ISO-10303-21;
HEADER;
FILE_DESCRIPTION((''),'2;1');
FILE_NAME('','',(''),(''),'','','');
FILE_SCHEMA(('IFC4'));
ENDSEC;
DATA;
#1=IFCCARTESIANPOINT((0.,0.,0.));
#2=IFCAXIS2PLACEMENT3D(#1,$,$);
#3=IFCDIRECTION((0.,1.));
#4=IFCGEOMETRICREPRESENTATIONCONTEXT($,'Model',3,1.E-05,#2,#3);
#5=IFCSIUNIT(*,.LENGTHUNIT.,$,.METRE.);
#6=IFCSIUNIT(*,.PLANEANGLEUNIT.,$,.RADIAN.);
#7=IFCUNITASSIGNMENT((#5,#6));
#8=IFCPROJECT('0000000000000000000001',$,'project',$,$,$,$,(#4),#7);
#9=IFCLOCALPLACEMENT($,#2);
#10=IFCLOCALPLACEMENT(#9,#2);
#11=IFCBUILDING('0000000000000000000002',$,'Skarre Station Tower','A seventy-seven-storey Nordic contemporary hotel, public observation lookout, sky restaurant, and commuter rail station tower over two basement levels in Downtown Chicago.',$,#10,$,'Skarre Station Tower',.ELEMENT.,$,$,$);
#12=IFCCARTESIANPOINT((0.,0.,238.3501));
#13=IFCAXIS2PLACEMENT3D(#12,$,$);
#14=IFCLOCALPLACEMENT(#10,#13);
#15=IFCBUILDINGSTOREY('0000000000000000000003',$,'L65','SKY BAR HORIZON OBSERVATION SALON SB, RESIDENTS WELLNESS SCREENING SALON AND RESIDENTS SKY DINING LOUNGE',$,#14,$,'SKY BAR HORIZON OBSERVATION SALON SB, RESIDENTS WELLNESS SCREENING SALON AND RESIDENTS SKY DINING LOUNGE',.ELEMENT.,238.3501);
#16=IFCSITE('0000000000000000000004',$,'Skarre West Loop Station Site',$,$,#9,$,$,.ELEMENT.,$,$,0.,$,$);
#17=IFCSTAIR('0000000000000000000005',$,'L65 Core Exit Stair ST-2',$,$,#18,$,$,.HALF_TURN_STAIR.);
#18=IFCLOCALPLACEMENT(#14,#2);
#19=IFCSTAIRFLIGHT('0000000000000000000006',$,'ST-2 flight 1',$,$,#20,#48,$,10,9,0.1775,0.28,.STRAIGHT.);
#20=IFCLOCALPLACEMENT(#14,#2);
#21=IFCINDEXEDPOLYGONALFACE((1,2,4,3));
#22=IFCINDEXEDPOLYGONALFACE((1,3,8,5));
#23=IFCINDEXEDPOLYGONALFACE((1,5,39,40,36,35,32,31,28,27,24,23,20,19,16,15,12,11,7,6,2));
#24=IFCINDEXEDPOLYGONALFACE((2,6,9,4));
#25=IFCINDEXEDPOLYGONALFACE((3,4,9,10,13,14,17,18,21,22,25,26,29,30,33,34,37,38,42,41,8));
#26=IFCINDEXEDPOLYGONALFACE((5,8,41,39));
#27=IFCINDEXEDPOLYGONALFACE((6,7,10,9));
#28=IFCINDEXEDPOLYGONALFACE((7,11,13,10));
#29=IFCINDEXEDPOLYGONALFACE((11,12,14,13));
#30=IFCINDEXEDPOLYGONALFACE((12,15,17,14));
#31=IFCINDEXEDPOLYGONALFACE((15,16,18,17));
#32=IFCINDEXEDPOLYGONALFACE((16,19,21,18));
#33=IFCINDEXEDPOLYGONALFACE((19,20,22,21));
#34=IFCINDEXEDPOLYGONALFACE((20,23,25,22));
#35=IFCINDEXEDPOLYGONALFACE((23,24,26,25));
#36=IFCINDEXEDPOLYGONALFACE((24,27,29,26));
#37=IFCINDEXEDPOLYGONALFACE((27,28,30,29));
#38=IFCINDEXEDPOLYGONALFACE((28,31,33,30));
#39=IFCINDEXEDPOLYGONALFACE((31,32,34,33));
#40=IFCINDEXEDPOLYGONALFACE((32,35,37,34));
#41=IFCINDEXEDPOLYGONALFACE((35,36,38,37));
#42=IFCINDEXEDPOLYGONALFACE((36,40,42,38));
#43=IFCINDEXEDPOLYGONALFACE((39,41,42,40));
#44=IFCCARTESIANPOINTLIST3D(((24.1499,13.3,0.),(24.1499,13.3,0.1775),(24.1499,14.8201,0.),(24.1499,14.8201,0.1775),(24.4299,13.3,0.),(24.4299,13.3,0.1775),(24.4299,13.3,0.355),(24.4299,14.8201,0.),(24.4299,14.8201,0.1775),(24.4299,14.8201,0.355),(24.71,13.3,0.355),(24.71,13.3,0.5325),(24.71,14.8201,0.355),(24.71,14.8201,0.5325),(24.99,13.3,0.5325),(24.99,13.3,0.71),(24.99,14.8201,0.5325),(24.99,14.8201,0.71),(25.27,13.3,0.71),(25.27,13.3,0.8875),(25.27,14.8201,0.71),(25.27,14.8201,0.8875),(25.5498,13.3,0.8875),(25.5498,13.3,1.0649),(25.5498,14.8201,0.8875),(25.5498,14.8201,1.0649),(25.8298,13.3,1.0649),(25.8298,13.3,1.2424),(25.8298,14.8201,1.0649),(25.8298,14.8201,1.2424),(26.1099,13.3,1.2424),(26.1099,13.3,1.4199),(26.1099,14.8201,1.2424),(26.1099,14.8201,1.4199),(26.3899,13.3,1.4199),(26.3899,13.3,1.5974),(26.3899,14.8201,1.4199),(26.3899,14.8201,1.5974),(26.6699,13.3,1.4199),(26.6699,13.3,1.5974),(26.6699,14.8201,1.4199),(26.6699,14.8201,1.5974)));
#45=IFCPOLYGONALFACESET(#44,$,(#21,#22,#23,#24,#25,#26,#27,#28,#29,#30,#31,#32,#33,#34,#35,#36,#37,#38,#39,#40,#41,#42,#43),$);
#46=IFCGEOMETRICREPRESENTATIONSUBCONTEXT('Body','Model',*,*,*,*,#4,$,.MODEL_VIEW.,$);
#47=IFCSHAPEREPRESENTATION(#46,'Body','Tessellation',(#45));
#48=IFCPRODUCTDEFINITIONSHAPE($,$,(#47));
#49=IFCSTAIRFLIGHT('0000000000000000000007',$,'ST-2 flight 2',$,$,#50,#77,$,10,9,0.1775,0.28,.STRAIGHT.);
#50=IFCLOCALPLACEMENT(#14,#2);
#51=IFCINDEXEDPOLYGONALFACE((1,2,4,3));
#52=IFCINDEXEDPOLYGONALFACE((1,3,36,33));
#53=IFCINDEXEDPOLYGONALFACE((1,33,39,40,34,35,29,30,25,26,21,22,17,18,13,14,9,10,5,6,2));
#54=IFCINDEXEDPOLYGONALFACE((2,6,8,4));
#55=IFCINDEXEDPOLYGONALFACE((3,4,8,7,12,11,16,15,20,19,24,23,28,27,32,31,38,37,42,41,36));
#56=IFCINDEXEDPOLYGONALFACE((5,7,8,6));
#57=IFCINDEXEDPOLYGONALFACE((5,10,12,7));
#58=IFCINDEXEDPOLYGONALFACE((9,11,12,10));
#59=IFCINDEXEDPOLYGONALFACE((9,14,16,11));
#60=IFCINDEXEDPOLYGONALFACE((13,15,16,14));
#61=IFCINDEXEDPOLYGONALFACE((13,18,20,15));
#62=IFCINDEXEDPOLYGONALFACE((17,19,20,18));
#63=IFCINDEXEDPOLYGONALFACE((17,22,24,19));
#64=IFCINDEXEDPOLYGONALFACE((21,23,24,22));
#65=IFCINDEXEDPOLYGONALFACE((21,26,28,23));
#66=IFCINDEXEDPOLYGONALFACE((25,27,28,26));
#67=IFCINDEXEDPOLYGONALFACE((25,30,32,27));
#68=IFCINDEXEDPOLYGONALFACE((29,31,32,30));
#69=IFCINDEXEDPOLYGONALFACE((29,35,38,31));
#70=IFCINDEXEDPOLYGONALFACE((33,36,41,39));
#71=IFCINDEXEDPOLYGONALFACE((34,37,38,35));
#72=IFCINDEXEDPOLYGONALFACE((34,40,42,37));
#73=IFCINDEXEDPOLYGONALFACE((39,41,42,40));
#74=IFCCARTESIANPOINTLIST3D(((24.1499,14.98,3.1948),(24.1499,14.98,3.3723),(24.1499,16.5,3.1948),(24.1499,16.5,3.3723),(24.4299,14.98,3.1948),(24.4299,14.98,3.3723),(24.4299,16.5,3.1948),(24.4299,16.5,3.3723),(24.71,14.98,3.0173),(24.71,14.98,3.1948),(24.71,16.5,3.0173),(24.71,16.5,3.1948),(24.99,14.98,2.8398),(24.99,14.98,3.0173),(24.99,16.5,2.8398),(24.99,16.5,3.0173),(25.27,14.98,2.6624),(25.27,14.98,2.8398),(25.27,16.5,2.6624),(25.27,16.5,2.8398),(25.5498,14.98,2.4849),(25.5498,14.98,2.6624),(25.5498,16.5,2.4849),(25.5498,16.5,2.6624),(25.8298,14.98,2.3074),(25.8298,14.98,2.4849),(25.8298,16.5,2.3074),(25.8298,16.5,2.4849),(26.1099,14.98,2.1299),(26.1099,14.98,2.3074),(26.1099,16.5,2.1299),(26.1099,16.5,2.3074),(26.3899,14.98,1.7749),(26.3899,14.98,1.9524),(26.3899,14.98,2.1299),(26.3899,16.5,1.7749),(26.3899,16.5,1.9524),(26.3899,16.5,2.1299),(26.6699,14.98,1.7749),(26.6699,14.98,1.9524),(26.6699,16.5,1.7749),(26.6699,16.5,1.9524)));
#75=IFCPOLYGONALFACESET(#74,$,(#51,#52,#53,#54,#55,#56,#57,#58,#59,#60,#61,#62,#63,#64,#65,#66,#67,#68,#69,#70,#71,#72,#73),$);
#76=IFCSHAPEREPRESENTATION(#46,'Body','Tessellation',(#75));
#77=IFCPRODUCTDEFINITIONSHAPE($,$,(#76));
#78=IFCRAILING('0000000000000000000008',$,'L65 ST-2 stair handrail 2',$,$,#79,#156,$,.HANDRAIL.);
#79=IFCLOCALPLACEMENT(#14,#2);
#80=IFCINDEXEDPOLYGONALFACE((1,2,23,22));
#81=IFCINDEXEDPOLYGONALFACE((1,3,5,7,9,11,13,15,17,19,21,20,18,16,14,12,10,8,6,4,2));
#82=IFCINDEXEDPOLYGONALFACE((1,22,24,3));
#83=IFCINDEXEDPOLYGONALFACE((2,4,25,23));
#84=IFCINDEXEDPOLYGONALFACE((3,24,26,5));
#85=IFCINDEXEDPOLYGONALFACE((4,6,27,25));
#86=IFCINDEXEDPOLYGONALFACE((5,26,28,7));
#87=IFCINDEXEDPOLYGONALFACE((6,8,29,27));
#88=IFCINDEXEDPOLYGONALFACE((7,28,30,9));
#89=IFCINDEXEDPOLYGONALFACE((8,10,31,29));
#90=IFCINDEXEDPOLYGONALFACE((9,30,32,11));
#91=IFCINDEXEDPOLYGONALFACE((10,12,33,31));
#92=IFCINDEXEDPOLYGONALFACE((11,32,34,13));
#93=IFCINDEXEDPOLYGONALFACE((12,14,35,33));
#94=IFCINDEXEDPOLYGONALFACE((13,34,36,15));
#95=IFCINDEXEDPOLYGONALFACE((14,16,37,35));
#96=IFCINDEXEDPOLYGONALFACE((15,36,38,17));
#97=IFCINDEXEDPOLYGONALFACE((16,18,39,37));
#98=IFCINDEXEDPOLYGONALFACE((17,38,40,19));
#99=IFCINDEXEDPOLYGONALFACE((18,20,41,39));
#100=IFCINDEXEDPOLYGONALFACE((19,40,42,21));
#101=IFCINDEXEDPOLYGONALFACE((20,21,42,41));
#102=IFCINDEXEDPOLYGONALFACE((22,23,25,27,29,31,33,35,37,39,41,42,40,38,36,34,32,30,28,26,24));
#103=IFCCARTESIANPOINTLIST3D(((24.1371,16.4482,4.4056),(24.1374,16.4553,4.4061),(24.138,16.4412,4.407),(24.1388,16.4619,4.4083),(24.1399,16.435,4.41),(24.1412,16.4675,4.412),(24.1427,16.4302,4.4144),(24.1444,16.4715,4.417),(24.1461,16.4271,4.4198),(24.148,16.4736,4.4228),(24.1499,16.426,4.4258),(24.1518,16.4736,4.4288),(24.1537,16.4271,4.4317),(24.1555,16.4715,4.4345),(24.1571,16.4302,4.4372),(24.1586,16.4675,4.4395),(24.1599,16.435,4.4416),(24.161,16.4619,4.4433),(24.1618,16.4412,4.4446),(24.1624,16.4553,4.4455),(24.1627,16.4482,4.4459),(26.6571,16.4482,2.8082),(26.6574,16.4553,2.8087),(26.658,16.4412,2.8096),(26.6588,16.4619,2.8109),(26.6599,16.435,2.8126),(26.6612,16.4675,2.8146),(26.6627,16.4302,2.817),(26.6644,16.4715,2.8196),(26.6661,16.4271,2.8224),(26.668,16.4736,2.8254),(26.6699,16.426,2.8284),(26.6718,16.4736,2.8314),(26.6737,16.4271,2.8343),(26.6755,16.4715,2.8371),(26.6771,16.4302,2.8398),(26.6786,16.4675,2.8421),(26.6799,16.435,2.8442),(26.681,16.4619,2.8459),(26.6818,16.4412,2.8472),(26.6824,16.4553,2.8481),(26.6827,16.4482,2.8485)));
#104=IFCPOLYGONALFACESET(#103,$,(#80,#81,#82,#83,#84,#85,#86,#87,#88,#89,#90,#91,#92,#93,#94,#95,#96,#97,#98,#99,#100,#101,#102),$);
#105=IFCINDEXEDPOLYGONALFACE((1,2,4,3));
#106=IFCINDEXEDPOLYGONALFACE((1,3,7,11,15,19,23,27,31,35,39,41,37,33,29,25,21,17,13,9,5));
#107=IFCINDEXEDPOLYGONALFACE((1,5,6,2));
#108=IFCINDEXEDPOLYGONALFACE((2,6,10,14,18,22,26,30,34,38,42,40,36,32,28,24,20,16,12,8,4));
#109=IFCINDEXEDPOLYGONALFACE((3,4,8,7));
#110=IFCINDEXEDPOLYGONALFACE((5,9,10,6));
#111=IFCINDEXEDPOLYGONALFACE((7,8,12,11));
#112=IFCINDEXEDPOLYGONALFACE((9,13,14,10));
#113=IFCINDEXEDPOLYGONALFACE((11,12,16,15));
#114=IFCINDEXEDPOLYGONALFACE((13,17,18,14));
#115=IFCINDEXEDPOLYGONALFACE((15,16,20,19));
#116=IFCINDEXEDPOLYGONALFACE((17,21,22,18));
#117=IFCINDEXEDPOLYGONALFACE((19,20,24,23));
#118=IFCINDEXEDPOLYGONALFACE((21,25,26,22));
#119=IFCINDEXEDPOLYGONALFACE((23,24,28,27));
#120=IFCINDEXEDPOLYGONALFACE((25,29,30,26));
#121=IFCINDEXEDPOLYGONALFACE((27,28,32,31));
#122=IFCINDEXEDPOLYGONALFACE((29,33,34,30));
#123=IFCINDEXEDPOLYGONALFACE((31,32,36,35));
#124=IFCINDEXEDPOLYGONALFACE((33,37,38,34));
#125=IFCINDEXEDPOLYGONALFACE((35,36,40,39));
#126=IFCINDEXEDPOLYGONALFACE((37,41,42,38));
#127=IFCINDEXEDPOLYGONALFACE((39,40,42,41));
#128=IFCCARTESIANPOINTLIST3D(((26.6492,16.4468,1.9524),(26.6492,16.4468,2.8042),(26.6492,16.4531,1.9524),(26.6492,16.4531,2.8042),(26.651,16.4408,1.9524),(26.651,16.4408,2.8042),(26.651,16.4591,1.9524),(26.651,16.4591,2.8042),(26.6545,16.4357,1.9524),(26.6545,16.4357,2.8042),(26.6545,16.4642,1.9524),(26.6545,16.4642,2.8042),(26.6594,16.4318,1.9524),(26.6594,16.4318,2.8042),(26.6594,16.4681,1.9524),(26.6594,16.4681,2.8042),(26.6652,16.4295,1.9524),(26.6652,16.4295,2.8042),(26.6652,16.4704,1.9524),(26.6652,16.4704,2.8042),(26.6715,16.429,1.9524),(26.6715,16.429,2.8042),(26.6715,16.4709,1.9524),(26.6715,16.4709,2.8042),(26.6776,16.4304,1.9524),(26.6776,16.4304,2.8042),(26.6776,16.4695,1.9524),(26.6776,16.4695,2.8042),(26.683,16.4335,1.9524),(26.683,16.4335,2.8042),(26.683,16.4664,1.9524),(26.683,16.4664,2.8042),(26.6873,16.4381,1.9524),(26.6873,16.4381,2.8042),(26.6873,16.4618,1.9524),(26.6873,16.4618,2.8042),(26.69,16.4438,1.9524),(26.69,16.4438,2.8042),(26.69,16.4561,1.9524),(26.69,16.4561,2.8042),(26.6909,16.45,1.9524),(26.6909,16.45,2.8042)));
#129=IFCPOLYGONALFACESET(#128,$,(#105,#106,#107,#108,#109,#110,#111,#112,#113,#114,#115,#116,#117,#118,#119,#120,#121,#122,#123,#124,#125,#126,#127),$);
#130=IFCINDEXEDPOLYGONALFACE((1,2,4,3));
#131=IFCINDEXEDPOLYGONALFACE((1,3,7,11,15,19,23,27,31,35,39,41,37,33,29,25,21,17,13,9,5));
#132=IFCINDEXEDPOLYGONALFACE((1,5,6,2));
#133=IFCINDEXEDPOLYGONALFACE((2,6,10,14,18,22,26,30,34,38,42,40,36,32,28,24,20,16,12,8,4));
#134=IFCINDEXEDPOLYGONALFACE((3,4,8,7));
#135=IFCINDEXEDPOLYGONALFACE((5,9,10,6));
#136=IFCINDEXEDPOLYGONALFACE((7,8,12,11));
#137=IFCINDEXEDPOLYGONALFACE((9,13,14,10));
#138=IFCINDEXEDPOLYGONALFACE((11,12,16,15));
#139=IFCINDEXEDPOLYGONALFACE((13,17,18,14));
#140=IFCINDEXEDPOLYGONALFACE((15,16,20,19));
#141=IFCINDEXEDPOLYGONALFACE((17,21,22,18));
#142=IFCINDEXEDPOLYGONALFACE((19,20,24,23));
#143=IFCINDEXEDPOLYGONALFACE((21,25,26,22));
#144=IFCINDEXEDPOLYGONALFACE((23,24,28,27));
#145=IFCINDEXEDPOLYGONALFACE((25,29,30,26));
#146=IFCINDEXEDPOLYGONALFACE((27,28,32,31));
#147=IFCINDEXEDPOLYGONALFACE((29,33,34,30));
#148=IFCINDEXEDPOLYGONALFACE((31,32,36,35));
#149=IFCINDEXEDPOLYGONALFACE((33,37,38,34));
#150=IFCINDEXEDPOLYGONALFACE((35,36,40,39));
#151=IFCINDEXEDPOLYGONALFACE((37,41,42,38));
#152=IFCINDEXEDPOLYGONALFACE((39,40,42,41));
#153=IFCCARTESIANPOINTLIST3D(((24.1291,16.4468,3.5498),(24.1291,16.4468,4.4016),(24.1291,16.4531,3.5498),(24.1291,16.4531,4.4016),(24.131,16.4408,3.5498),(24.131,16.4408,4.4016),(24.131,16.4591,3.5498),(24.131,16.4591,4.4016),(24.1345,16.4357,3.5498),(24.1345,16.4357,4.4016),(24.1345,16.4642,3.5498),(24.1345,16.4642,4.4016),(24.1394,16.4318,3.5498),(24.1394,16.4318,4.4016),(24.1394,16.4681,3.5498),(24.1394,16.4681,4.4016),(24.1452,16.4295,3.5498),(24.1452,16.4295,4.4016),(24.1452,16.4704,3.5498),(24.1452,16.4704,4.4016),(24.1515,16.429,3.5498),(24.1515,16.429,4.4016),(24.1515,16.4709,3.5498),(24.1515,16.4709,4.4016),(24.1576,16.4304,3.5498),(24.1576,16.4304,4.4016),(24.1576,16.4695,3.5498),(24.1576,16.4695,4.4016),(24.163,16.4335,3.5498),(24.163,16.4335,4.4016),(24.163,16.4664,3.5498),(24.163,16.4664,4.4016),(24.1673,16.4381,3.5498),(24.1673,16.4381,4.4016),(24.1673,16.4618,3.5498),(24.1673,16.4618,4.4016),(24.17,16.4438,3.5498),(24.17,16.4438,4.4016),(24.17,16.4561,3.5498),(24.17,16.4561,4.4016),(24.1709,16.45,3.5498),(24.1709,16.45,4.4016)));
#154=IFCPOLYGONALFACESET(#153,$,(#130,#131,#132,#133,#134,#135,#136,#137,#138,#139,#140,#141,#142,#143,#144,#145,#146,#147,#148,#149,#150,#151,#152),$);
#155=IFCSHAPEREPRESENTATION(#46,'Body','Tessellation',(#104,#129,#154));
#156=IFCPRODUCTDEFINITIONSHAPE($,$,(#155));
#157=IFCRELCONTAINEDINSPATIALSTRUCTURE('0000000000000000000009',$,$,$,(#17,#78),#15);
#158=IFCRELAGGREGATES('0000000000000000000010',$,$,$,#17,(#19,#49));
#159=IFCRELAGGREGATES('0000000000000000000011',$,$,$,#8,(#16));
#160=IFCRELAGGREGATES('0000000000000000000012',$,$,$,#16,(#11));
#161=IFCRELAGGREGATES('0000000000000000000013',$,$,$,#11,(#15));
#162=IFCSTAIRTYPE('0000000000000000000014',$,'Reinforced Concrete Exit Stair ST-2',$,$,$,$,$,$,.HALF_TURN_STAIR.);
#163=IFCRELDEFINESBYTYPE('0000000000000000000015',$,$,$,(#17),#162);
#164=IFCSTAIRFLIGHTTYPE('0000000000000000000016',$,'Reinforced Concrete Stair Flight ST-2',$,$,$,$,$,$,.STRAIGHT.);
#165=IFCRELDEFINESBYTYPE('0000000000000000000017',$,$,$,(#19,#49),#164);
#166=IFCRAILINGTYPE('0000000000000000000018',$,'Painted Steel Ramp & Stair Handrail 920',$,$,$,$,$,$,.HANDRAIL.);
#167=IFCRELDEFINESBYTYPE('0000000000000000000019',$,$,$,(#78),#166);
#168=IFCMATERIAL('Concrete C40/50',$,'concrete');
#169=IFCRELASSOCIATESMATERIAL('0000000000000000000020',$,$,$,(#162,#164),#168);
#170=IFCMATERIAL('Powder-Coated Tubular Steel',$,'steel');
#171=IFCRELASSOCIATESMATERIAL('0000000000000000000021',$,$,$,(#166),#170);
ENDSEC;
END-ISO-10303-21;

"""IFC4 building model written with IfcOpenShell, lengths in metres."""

from ifc_helpers import new_model, si_unit, direction, frame, origin, origin_2d, place, context, subcontext, project, spatial, polyline, circle, outline, extrude, material, type_object, element, aggregate, save


model = new_model("IFC4")

# Units and contexts
model_context = context("Model", 3, precision=1e-05, world=origin(), true_north=direction((0.0, 1.0)))
body_context = subcontext(model_context, "Body", "Model", "MODEL_VIEW")
ifc_project = project(units=[si_unit("LENGTHUNIT", "METRE"), si_unit("PLANEANGLEUNIT", "RADIAN")], contexts=[model_context])

# Site, building, storey
site_placement = place(None, origin())
site = spatial("IfcSite", under=ifc_project, at=site_placement, Name="Skarre West Loop Station Site", CompositionType="ELEMENT", RefElevation=0.0)
building_placement = place(site_placement, origin())
building = spatial("IfcBuilding", under=site, at=building_placement, Name="Skarre Station Tower", Description="A seventy-seven-storey Nordic contemporary hotel, public observation lookout, sky restaurant, and commuter rail station tower over two basement levels in Downtown Chicago.", LongName="Skarre Station Tower", CompositionType="ELEMENT")
storey_placement = place(building_placement, frame((0.0, 0.0, 238.3501)))
storey = spatial("IfcBuildingStorey", under=building, at=storey_placement, Name="L65", Description="SKY BAR HORIZON OBSERVATION SALON SB, RESIDENTS WELLNESS SCREENING SALON AND RESIDENTS SKY DINING LOUNGE", LongName="SKY BAR HORIZON OBSERVATION SALON SB, RESIDENTS WELLNESS SCREENING SALON AND RESIDENTS SKY DINING LOUNGE", CompositionType="ELEMENT", Elevation=238.3501)

# Stair, stair flights
ifc_material_1 = material(Name="Concrete C40/50", Category="concrete")
stair_type = type_object("IfcStairType", Name="Reinforced Concrete Exit Stair ST-2", PredefinedType="HALF_TURN_STAIR", material=ifc_material_1)
stair_placement = place(storey_placement, origin())
stair = element("IfcStair", 1, at=stair_placement, inside=storey, type_object=stair_type, Name="L65 Core Exit Stair ST-2", PredefinedType="HALF_TURN_STAIR")
stair_flight_type = type_object("IfcStairFlightType", Name="Reinforced Concrete Stair Flight ST-2", PredefinedType="STRAIGHT", material=ifc_material_1)
stair_flight_1_placement = place(storey_placement, frame((24.1499, 14.0601, 0.0), z_axis=(0.0, 0.0, 1.0), x_axis=(1.0, 0.0, 0.0)))
stair_flight_1 = element("IfcStairFlight", 2, at=stair_flight_1_placement, type_object=stair_flight_type, Name="ST-2 flight 1", NumberOfRisers=10, NumberOfTreads=9, PredefinedType="STRAIGHT", RiserHeight=0.1775, TreadLength=0.28, context=body_context, shape_type="SweptSolid", body=[
    extrude(outline(polyline([(0.0, 0.0), (0.0, 0.1775), (0.28, 0.1775), (0.28, 0.355), (0.5601, 0.355), (0.5601, 0.5325), (0.8401, 0.5325), (0.8401, 0.71), (1.1201, 0.71), (1.1201, 0.8875), (1.3999, 0.8875), (1.3999, 1.0649), (1.6799, 1.0649), (1.6799, 1.2424), (1.96, 1.2424), (1.96, 1.4199), (2.24, 1.4199), (2.24, 1.5974), (2.52, 1.5974), (2.52, 1.7749), (2.52, 1.4199), (0.28, 0.0), (0.0, 0.0)])), frame((0.0, 0.76, 0.0), z_axis=(0.0, -1.0, 0.0), x_axis=(1.0, 0.0, 0.0)), (0.0, 0.0, 1.0), 1.52),
])
stair_flight_2_placement = place(storey_placement, frame((26.6699, 15.74, 1.7749), z_axis=(0.0, 0.0, 1.0), x_axis=(-1.0, 0.0, 0.0)))
stair_flight_2 = element("IfcStairFlight", 3, at=stair_flight_2_placement, type_object=stair_flight_type, Name="ST-2 flight 2", NumberOfRisers=10, NumberOfTreads=9, PredefinedType="STRAIGHT", RiserHeight=0.1775, TreadLength=0.28, context=body_context, shape_type="SweptSolid", body=[
    extrude(outline(polyline([(0.0, 0.0), (0.0, 0.1775), (0.28, 0.1775), (0.28, 0.355), (0.5601, 0.355), (0.5601, 0.5325), (0.8401, 0.5325), (0.8401, 0.71), (1.1201, 0.71), (1.1201, 0.8875), (1.3999, 0.8875), (1.3999, 1.0649), (1.6799, 1.0649), (1.6799, 1.2424), (1.96, 1.2424), (1.96, 1.4199), (2.24, 1.4199), (2.24, 1.5974), (2.52, 1.5974), (2.52, 1.7749), (2.52, 1.4199), (0.28, 0.0), (0.0, 0.0)])), frame((0.0, 0.76, 0.0), z_axis=(0.0, -1.0, 0.0), x_axis=(1.0, 0.0, 0.0)), (0.0, 0.0, 1.0), 1.52),
])
aggregate(stair, [stair_flight_1, stair_flight_2])

# Railing
ifc_material_2 = material(Name="Powder-Coated Tubular Steel", Category="steel")
railing_type_1 = type_object("IfcRailingType", Name="Painted Steel Ramp & Stair Handrail 920", PredefinedType="HANDRAIL", material=ifc_material_2)
railing_1_placement = place(storey_placement, frame((26.6699, 16.45, 1.9524)))
element("IfcRailing", 4, at=railing_1_placement, inside=storey, type_object=railing_type_1, Name="L65 ST-2 stair handrail 2", PredefinedType="HANDRAIL", context=body_context, shape_type="SweptSolid", body=[
    extrude(circle(Radius=0.0239, at=origin_2d()), frame((0.0, 0.0, 0.876), z_axis=(-0.844607, 0.0, 0.535387), x_axis=(0.0, -1.0, 0.0)), (0.0, 0.0, 1.0), 2.9836),
    extrude(circle(Radius=0.021, at=origin_2d()), origin(), (0.0, 0.0, 1.0), 0.8518),
    extrude(circle(Radius=0.021, at=origin_2d()), frame((-2.52, 0.0, 1.5974)), (0.0, 0.0, 1.0), 0.8518),
])

save(model, "model.ifc")
